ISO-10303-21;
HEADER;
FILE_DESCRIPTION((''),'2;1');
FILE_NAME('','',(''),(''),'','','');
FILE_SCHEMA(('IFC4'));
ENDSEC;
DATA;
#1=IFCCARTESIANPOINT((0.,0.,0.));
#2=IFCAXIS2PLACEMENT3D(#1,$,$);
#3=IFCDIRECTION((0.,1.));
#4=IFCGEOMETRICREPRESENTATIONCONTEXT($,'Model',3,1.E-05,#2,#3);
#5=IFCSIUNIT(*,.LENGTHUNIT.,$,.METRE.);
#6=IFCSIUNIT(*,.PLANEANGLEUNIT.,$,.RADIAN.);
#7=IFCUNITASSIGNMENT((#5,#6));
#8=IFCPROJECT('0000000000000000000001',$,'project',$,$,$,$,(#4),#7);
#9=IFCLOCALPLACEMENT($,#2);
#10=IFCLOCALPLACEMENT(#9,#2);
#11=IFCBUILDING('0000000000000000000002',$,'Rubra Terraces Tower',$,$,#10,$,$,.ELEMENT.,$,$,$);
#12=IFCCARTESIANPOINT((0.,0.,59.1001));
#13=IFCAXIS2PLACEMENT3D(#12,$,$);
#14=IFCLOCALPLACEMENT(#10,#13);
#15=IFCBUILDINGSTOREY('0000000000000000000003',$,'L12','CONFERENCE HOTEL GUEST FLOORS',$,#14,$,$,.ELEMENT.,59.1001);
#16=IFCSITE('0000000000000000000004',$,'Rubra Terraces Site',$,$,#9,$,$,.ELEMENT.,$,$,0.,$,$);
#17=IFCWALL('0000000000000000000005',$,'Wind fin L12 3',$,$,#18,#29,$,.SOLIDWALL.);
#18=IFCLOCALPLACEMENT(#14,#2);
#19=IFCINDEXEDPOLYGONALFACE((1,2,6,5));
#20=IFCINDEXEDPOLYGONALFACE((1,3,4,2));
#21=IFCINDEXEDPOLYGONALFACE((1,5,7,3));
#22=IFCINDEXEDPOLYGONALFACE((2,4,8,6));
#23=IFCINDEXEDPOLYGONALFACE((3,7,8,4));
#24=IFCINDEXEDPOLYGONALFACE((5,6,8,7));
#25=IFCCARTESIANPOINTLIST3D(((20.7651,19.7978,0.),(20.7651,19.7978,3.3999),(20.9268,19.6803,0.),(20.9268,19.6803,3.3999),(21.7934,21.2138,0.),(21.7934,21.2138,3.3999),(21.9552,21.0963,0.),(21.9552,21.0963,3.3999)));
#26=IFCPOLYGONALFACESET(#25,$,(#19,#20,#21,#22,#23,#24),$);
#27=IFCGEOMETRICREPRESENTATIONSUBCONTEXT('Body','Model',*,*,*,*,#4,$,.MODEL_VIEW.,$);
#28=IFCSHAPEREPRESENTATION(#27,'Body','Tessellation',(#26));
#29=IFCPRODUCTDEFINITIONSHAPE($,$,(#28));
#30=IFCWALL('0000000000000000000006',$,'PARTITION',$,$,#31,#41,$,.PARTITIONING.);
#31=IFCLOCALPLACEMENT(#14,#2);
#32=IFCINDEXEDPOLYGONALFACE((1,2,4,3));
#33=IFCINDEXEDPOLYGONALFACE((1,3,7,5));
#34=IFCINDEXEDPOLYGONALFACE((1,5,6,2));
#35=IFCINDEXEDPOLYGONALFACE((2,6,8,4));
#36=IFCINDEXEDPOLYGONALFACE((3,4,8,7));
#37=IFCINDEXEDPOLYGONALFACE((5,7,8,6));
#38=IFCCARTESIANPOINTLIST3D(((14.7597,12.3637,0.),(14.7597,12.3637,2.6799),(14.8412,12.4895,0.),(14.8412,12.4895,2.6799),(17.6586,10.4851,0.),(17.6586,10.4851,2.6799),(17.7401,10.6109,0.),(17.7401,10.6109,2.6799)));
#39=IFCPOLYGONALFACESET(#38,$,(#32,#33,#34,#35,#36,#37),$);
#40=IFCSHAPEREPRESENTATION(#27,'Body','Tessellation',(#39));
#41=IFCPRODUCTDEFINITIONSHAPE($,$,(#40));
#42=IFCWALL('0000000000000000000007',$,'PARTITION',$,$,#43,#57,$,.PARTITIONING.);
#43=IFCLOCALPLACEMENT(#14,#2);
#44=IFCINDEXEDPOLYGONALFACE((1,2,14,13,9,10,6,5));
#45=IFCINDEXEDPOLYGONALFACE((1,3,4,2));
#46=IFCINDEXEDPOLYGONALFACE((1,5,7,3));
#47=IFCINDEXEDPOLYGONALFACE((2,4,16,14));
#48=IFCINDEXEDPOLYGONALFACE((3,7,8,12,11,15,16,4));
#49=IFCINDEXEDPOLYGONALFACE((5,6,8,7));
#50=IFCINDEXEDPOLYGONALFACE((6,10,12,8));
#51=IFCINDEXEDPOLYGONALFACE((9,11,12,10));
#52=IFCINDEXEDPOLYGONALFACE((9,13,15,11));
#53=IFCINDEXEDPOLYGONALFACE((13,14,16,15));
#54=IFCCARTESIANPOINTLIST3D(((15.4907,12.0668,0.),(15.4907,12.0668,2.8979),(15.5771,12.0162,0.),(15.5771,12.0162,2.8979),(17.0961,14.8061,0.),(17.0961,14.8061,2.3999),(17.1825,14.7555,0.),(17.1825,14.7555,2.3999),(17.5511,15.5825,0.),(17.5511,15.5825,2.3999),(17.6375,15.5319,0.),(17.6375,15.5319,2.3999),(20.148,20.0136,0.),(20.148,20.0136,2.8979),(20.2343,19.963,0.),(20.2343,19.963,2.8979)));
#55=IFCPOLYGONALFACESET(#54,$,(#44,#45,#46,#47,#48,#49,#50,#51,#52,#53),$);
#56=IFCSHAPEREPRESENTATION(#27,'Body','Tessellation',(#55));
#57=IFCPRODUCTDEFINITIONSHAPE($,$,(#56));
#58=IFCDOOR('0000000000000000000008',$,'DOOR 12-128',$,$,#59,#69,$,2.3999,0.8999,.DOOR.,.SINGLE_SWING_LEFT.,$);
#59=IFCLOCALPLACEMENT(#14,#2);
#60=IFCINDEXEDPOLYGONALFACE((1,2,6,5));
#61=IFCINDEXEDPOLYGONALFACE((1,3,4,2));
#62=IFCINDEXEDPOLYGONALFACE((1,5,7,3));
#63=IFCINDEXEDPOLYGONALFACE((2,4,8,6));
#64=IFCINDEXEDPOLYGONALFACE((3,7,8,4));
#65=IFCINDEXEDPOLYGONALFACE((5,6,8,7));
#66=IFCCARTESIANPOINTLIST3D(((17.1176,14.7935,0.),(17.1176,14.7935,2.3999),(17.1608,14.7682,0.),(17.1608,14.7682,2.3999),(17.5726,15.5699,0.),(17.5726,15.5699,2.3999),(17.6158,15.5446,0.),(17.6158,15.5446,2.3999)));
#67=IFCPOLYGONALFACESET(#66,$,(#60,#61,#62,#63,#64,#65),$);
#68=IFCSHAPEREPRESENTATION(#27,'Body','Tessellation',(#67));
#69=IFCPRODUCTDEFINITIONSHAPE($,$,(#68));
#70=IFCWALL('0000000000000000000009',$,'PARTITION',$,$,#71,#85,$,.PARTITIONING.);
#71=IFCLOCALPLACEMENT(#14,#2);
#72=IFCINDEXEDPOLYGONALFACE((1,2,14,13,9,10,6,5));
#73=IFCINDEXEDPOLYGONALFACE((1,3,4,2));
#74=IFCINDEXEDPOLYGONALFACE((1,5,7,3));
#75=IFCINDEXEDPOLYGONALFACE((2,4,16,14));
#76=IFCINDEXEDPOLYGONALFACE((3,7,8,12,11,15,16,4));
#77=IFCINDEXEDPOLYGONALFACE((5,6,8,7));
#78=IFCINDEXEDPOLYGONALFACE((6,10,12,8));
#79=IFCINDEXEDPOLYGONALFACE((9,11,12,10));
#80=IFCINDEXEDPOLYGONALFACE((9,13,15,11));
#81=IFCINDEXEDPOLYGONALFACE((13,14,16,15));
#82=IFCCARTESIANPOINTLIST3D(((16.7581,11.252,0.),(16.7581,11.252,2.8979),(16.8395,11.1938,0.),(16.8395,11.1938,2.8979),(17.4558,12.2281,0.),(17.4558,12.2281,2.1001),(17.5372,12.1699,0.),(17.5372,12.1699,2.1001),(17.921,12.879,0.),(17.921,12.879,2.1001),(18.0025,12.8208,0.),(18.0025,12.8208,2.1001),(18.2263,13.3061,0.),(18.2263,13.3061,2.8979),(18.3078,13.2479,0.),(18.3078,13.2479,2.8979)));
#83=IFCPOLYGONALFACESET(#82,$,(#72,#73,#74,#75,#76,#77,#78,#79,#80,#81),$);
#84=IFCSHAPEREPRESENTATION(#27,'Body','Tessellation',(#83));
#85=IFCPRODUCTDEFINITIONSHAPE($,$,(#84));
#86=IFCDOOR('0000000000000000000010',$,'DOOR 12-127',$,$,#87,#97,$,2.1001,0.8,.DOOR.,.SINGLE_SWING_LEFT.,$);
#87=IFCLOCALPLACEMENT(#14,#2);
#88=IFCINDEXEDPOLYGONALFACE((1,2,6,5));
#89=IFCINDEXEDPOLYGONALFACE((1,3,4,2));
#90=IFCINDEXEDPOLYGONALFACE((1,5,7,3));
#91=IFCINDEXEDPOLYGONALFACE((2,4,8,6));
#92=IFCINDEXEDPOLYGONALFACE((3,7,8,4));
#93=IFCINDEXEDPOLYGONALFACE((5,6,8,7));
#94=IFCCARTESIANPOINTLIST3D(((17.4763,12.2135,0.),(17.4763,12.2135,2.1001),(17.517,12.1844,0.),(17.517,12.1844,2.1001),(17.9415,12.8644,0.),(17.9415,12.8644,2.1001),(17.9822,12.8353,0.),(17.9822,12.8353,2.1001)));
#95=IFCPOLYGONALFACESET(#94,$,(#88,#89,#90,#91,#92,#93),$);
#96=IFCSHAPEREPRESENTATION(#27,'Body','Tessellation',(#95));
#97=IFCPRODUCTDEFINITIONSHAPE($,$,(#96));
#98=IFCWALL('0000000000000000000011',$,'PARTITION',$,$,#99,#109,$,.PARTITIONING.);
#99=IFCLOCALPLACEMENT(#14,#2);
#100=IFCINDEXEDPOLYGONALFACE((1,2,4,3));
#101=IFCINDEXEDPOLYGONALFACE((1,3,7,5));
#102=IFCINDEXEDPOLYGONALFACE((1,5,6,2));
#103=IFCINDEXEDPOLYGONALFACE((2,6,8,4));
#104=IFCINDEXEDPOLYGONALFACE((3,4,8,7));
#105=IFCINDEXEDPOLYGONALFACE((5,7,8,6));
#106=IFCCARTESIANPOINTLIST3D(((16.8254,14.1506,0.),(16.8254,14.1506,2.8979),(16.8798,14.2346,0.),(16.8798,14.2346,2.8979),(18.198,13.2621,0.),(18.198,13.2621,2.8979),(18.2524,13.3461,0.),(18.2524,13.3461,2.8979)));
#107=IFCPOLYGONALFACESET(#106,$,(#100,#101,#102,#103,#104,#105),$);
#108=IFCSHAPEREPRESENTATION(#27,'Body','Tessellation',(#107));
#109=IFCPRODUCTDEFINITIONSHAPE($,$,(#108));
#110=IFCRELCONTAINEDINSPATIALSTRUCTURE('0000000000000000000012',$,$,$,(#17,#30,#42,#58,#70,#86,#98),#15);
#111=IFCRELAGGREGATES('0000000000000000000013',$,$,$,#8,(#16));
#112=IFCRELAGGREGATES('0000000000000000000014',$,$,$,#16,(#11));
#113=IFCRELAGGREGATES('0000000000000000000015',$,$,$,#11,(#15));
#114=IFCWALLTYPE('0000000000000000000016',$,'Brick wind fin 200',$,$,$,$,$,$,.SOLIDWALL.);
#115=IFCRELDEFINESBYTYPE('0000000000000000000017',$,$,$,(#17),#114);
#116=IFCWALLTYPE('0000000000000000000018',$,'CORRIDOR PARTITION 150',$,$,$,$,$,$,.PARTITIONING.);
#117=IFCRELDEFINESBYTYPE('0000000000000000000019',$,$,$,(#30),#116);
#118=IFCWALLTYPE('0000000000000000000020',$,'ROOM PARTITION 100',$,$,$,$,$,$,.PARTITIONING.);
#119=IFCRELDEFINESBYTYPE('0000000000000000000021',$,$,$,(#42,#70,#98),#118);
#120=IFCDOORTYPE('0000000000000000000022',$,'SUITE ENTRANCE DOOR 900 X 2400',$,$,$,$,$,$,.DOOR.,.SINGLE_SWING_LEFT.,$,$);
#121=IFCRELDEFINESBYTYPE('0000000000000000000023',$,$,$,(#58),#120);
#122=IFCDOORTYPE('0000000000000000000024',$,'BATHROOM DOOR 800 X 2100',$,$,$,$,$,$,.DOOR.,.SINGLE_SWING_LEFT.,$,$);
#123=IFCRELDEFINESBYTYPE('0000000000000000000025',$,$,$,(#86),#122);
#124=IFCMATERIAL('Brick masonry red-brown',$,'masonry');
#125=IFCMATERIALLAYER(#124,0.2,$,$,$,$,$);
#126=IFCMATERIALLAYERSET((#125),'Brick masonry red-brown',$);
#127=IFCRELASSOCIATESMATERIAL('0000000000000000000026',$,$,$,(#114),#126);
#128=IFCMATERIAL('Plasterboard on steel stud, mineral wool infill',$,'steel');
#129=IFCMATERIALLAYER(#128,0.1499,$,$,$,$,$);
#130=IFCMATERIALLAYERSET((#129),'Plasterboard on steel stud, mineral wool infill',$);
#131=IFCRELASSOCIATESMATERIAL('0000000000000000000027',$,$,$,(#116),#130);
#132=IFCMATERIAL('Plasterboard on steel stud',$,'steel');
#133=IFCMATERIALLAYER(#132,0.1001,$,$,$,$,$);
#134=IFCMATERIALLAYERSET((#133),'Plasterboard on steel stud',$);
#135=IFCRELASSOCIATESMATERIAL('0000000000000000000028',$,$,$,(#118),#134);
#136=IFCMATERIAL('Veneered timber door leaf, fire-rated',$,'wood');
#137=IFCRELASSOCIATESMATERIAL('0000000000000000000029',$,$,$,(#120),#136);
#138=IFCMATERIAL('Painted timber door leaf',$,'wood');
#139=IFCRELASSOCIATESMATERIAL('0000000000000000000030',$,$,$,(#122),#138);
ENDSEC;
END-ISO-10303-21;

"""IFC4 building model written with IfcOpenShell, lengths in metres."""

from ifc_helpers import new_model, si_unit, direction, frame, frame_2d, origin, place, context, subcontext, project, spatial, rectangle, extrude, material, layer, layer_set, type_object, element, fill, save


model = new_model("IFC4")

# Units and contexts
model_context = context("Model", 3, precision=1e-05, world=origin(), true_north=direction((0.0, 1.0)))
body_context = subcontext(model_context, "Body", "Model", "MODEL_VIEW")
ifc_project = project(units=[si_unit("LENGTHUNIT", "METRE"), si_unit("PLANEANGLEUNIT", "RADIAN")], contexts=[model_context])

# Site, building, storey
site_placement = place(None, origin())
site = spatial("IfcSite", under=ifc_project, at=site_placement, Name="Rubra Terraces Site", CompositionType="ELEMENT", RefElevation=0.0)
building_placement = place(site_placement, origin())
building = spatial("IfcBuilding", under=site, at=building_placement, Name="Rubra Terraces Tower", CompositionType="ELEMENT")
storey_placement = place(building_placement, frame((0.0, 0.0, 59.1001)))
storey = spatial("IfcBuildingStorey", under=building, at=storey_placement, Name="L12", Description="CONFERENCE HOTEL GUEST FLOORS", CompositionType="ELEMENT", Elevation=59.1001)

# Shared definitions
ifc_material_1 = material(Name="Brick masonry red-brown", Category="masonry")

# Walls
ifc_layer_1 = layer(ifc_material_1, 0.2)
ifc_layer_set_1 = layer_set([ifc_layer_1], Name="Brick masonry red-brown")
wall_type_1 = type_object("IfcWallType", Name="Brick wind fin 200", PredefinedType="SOLIDWALL", material=ifc_layer_set_1)
wall_1_placement = place(storey_placement, frame((20.8459, 19.739, 0.0), z_axis=(0.0, 0.0, 1.0), x_axis=(0.587607, 0.809146, 0.0)))
element("IfcWall", 1, at=wall_1_placement, inside=storey, type_object=wall_type_1, Name="Wind fin L12 3", PredefinedType="SOLIDWALL", context=body_context, shape_type="SweptSolid", body=[
    extrude(rectangle(XDim=1.75, YDim=0.2, at=frame_2d((0.875, 0.0))), origin(), (0.0, 0.0, 1.0), 3.3999),
])
ifc_material_2 = material(Name="Plasterboard on steel stud, mineral wool infill", Category="steel")
ifc_layer_2 = layer(ifc_material_2, 0.1499)
ifc_layer_set_2 = layer_set([ifc_layer_2], Name="Plasterboard on steel stud, mineral wool infill")
wall_type_2 = type_object("IfcWallType", Name="CORRIDOR PARTITION 150", PredefinedType="PARTITIONING", material=ifc_layer_set_2)
wall_2_placement = place(storey_placement, frame((17.6992, 10.5481, 0.0), z_axis=(0.0, 0.0, 1.0), x_axis=(-0.839189, 0.54384, 0.0)))
element("IfcWall", 2, at=wall_2_placement, inside=storey, type_object=wall_type_2, Name="PARTITION", PredefinedType="PARTITIONING", context=body_context, shape_type="SweptSolid", body=[
    extrude(rectangle(XDim=3.4543, YDim=0.1499, at=frame_2d((1.7271, 0.0))), origin(), (0.0, 0.0, 1.0), 2.6799),
])

# Walls, openings, doors
ifc_material_3 = material(Name="Plasterboard on steel stud", Category="steel")
ifc_layer_3 = layer(ifc_material_3, 0.1001)
ifc_layer_set_3 = layer_set([ifc_layer_3], Name="Plasterboard on steel stud")
wall_type_3 = type_object("IfcWallType", Name="ROOM PARTITION 100", PredefinedType="PARTITIONING", material=ifc_layer_set_3)
wall_3_placement = place(storey_placement, frame((20.1912, 19.9883, 0.0), z_axis=(0.0, 0.0, 1.0), x_axis=(-0.50562, -0.862756, 0.0)))
wall_3 = element("IfcWall", 3, at=wall_3_placement, inside=storey, type_object=wall_type_3, Name="PARTITION", PredefinedType="PARTITIONING", context=body_context, shape_type="SweptSolid", body=[
    extrude(rectangle(XDim=9.2109, YDim=0.1001, at=frame_2d((4.6055, 0.0))), origin(), (0.0, 0.0, 1.0), 2.8979),
])
opening_1_placement = place(wall_3_placement, frame((5.136, 0.0, 0.0)))
opening_1 = element("IfcOpeningElement", 4, at=opening_1_placement, cuts=wall_3, PredefinedType="OPENING", context=body_context, shape_type="SweptSolid", body=[
    extrude(rectangle(XDim=0.8999, YDim=2.3999, at=frame_2d((0.45, 1.2))), frame((0.0, 0.0601, 0.0), z_axis=(0.0, -1.0, 0.0), x_axis=(1.0, 0.0, 0.0)), (0.0, 0.0, 1.0), 0.1201),
])
ifc_material_4 = material(Name="Veneered timber door leaf, fire-rated", Category="wood")
door_type_1 = type_object("IfcDoorType", Name="SUITE ENTRANCE DOOR 900 X 2400", OperationType="SINGLE_SWING_LEFT", PredefinedType="DOOR", material=ifc_material_4)
door_1_placement = place(opening_1_placement, origin())
door_1 = element("IfcDoor", 5, at=door_1_placement, inside=storey, type_object=door_type_1, Name="DOOR 12-128", OperationType="SINGLE_SWING_LEFT", OverallHeight=2.3999, OverallWidth=0.8999, PredefinedType="DOOR", context=body_context, shape_type="SweptSolid", body=[
    extrude(rectangle(XDim=0.8999, YDim=2.3999, at=frame_2d((0.45, 1.2))), frame((0.0, 0.0249, 0.0), z_axis=(0.0, -1.0, 0.0), x_axis=(1.0, 0.0, 0.0)), (0.0, 0.0, 1.0), 0.05),
])
fill(opening_1, door_1)
wall_4_placement = place(storey_placement, frame((16.7988, 11.2229, 0.0), z_axis=(0.0, 0.0, 1.0), x_axis=(0.581494, 0.813551, 0.0)))
wall_4 = element("IfcWall", 6, at=wall_4_placement, inside=storey, type_object=wall_type_3, Name="PARTITION", PredefinedType="PARTITIONING", context=body_context, shape_type="SweptSolid", body=[
    extrude(rectangle(XDim=2.5249, YDim=0.1001, at=frame_2d((1.2625, 0.0))), origin(), (0.0, 0.0, 1.0), 2.8979),
])
opening_2_placement = place(wall_4_placement, frame((1.2, 0.0, 0.0)))
opening_2 = element("IfcOpeningElement", 7, at=opening_2_placement, cuts=wall_4, PredefinedType="OPENING", context=body_context, shape_type="SweptSolid", body=[
    extrude(rectangle(XDim=0.8, YDim=2.1001, at=frame_2d((0.3999, 1.05))), frame((0.0, 0.0601, 0.0), z_axis=(0.0, -1.0, 0.0), x_axis=(1.0, 0.0, 0.0)), (0.0, 0.0, 1.0), 0.1201),
])
ifc_material_5 = material(Name="Painted timber door leaf", Category="wood")
door_type_2 = type_object("IfcDoorType", Name="BATHROOM DOOR 800 X 2100", OperationType="SINGLE_SWING_LEFT", PredefinedType="DOOR", material=ifc_material_5)
door_2_placement = place(opening_2_placement, origin())
door_2 = element("IfcDoor", 8, at=door_2_placement, inside=storey, type_object=door_type_2, Name="DOOR 12-127", OperationType="SINGLE_SWING_LEFT", OverallHeight=2.1001, OverallWidth=0.8, PredefinedType="DOOR", context=body_context, shape_type="SweptSolid", body=[
    extrude(rectangle(XDim=0.8, YDim=2.1001, at=frame_2d((0.3999, 1.05))), frame((0.0, 0.0249, 0.0), z_axis=(0.0, -1.0, 0.0), x_axis=(1.0, 0.0, 0.0)), (0.0, 0.0, 1.0), 0.05),
])
fill(opening_2, door_2)

# Wall
wall_5_placement = place(storey_placement, frame((18.2251, 13.3042, 0.0), z_axis=(0.0, 0.0, 1.0), x_axis=(-0.839486, 0.543381, 0.0)))
element("IfcWall", 9, at=wall_5_placement, inside=storey, type_object=wall_type_3, Name="PARTITION", PredefinedType="PARTITIONING", context=body_context, shape_type="SweptSolid", body=[
    extrude(rectangle(XDim=1.635, YDim=0.1001, at=frame_2d((0.8174, 0.0))), origin(), (0.0, 0.0, 1.0), 2.8979),
])

save(model, "model.ifc")
